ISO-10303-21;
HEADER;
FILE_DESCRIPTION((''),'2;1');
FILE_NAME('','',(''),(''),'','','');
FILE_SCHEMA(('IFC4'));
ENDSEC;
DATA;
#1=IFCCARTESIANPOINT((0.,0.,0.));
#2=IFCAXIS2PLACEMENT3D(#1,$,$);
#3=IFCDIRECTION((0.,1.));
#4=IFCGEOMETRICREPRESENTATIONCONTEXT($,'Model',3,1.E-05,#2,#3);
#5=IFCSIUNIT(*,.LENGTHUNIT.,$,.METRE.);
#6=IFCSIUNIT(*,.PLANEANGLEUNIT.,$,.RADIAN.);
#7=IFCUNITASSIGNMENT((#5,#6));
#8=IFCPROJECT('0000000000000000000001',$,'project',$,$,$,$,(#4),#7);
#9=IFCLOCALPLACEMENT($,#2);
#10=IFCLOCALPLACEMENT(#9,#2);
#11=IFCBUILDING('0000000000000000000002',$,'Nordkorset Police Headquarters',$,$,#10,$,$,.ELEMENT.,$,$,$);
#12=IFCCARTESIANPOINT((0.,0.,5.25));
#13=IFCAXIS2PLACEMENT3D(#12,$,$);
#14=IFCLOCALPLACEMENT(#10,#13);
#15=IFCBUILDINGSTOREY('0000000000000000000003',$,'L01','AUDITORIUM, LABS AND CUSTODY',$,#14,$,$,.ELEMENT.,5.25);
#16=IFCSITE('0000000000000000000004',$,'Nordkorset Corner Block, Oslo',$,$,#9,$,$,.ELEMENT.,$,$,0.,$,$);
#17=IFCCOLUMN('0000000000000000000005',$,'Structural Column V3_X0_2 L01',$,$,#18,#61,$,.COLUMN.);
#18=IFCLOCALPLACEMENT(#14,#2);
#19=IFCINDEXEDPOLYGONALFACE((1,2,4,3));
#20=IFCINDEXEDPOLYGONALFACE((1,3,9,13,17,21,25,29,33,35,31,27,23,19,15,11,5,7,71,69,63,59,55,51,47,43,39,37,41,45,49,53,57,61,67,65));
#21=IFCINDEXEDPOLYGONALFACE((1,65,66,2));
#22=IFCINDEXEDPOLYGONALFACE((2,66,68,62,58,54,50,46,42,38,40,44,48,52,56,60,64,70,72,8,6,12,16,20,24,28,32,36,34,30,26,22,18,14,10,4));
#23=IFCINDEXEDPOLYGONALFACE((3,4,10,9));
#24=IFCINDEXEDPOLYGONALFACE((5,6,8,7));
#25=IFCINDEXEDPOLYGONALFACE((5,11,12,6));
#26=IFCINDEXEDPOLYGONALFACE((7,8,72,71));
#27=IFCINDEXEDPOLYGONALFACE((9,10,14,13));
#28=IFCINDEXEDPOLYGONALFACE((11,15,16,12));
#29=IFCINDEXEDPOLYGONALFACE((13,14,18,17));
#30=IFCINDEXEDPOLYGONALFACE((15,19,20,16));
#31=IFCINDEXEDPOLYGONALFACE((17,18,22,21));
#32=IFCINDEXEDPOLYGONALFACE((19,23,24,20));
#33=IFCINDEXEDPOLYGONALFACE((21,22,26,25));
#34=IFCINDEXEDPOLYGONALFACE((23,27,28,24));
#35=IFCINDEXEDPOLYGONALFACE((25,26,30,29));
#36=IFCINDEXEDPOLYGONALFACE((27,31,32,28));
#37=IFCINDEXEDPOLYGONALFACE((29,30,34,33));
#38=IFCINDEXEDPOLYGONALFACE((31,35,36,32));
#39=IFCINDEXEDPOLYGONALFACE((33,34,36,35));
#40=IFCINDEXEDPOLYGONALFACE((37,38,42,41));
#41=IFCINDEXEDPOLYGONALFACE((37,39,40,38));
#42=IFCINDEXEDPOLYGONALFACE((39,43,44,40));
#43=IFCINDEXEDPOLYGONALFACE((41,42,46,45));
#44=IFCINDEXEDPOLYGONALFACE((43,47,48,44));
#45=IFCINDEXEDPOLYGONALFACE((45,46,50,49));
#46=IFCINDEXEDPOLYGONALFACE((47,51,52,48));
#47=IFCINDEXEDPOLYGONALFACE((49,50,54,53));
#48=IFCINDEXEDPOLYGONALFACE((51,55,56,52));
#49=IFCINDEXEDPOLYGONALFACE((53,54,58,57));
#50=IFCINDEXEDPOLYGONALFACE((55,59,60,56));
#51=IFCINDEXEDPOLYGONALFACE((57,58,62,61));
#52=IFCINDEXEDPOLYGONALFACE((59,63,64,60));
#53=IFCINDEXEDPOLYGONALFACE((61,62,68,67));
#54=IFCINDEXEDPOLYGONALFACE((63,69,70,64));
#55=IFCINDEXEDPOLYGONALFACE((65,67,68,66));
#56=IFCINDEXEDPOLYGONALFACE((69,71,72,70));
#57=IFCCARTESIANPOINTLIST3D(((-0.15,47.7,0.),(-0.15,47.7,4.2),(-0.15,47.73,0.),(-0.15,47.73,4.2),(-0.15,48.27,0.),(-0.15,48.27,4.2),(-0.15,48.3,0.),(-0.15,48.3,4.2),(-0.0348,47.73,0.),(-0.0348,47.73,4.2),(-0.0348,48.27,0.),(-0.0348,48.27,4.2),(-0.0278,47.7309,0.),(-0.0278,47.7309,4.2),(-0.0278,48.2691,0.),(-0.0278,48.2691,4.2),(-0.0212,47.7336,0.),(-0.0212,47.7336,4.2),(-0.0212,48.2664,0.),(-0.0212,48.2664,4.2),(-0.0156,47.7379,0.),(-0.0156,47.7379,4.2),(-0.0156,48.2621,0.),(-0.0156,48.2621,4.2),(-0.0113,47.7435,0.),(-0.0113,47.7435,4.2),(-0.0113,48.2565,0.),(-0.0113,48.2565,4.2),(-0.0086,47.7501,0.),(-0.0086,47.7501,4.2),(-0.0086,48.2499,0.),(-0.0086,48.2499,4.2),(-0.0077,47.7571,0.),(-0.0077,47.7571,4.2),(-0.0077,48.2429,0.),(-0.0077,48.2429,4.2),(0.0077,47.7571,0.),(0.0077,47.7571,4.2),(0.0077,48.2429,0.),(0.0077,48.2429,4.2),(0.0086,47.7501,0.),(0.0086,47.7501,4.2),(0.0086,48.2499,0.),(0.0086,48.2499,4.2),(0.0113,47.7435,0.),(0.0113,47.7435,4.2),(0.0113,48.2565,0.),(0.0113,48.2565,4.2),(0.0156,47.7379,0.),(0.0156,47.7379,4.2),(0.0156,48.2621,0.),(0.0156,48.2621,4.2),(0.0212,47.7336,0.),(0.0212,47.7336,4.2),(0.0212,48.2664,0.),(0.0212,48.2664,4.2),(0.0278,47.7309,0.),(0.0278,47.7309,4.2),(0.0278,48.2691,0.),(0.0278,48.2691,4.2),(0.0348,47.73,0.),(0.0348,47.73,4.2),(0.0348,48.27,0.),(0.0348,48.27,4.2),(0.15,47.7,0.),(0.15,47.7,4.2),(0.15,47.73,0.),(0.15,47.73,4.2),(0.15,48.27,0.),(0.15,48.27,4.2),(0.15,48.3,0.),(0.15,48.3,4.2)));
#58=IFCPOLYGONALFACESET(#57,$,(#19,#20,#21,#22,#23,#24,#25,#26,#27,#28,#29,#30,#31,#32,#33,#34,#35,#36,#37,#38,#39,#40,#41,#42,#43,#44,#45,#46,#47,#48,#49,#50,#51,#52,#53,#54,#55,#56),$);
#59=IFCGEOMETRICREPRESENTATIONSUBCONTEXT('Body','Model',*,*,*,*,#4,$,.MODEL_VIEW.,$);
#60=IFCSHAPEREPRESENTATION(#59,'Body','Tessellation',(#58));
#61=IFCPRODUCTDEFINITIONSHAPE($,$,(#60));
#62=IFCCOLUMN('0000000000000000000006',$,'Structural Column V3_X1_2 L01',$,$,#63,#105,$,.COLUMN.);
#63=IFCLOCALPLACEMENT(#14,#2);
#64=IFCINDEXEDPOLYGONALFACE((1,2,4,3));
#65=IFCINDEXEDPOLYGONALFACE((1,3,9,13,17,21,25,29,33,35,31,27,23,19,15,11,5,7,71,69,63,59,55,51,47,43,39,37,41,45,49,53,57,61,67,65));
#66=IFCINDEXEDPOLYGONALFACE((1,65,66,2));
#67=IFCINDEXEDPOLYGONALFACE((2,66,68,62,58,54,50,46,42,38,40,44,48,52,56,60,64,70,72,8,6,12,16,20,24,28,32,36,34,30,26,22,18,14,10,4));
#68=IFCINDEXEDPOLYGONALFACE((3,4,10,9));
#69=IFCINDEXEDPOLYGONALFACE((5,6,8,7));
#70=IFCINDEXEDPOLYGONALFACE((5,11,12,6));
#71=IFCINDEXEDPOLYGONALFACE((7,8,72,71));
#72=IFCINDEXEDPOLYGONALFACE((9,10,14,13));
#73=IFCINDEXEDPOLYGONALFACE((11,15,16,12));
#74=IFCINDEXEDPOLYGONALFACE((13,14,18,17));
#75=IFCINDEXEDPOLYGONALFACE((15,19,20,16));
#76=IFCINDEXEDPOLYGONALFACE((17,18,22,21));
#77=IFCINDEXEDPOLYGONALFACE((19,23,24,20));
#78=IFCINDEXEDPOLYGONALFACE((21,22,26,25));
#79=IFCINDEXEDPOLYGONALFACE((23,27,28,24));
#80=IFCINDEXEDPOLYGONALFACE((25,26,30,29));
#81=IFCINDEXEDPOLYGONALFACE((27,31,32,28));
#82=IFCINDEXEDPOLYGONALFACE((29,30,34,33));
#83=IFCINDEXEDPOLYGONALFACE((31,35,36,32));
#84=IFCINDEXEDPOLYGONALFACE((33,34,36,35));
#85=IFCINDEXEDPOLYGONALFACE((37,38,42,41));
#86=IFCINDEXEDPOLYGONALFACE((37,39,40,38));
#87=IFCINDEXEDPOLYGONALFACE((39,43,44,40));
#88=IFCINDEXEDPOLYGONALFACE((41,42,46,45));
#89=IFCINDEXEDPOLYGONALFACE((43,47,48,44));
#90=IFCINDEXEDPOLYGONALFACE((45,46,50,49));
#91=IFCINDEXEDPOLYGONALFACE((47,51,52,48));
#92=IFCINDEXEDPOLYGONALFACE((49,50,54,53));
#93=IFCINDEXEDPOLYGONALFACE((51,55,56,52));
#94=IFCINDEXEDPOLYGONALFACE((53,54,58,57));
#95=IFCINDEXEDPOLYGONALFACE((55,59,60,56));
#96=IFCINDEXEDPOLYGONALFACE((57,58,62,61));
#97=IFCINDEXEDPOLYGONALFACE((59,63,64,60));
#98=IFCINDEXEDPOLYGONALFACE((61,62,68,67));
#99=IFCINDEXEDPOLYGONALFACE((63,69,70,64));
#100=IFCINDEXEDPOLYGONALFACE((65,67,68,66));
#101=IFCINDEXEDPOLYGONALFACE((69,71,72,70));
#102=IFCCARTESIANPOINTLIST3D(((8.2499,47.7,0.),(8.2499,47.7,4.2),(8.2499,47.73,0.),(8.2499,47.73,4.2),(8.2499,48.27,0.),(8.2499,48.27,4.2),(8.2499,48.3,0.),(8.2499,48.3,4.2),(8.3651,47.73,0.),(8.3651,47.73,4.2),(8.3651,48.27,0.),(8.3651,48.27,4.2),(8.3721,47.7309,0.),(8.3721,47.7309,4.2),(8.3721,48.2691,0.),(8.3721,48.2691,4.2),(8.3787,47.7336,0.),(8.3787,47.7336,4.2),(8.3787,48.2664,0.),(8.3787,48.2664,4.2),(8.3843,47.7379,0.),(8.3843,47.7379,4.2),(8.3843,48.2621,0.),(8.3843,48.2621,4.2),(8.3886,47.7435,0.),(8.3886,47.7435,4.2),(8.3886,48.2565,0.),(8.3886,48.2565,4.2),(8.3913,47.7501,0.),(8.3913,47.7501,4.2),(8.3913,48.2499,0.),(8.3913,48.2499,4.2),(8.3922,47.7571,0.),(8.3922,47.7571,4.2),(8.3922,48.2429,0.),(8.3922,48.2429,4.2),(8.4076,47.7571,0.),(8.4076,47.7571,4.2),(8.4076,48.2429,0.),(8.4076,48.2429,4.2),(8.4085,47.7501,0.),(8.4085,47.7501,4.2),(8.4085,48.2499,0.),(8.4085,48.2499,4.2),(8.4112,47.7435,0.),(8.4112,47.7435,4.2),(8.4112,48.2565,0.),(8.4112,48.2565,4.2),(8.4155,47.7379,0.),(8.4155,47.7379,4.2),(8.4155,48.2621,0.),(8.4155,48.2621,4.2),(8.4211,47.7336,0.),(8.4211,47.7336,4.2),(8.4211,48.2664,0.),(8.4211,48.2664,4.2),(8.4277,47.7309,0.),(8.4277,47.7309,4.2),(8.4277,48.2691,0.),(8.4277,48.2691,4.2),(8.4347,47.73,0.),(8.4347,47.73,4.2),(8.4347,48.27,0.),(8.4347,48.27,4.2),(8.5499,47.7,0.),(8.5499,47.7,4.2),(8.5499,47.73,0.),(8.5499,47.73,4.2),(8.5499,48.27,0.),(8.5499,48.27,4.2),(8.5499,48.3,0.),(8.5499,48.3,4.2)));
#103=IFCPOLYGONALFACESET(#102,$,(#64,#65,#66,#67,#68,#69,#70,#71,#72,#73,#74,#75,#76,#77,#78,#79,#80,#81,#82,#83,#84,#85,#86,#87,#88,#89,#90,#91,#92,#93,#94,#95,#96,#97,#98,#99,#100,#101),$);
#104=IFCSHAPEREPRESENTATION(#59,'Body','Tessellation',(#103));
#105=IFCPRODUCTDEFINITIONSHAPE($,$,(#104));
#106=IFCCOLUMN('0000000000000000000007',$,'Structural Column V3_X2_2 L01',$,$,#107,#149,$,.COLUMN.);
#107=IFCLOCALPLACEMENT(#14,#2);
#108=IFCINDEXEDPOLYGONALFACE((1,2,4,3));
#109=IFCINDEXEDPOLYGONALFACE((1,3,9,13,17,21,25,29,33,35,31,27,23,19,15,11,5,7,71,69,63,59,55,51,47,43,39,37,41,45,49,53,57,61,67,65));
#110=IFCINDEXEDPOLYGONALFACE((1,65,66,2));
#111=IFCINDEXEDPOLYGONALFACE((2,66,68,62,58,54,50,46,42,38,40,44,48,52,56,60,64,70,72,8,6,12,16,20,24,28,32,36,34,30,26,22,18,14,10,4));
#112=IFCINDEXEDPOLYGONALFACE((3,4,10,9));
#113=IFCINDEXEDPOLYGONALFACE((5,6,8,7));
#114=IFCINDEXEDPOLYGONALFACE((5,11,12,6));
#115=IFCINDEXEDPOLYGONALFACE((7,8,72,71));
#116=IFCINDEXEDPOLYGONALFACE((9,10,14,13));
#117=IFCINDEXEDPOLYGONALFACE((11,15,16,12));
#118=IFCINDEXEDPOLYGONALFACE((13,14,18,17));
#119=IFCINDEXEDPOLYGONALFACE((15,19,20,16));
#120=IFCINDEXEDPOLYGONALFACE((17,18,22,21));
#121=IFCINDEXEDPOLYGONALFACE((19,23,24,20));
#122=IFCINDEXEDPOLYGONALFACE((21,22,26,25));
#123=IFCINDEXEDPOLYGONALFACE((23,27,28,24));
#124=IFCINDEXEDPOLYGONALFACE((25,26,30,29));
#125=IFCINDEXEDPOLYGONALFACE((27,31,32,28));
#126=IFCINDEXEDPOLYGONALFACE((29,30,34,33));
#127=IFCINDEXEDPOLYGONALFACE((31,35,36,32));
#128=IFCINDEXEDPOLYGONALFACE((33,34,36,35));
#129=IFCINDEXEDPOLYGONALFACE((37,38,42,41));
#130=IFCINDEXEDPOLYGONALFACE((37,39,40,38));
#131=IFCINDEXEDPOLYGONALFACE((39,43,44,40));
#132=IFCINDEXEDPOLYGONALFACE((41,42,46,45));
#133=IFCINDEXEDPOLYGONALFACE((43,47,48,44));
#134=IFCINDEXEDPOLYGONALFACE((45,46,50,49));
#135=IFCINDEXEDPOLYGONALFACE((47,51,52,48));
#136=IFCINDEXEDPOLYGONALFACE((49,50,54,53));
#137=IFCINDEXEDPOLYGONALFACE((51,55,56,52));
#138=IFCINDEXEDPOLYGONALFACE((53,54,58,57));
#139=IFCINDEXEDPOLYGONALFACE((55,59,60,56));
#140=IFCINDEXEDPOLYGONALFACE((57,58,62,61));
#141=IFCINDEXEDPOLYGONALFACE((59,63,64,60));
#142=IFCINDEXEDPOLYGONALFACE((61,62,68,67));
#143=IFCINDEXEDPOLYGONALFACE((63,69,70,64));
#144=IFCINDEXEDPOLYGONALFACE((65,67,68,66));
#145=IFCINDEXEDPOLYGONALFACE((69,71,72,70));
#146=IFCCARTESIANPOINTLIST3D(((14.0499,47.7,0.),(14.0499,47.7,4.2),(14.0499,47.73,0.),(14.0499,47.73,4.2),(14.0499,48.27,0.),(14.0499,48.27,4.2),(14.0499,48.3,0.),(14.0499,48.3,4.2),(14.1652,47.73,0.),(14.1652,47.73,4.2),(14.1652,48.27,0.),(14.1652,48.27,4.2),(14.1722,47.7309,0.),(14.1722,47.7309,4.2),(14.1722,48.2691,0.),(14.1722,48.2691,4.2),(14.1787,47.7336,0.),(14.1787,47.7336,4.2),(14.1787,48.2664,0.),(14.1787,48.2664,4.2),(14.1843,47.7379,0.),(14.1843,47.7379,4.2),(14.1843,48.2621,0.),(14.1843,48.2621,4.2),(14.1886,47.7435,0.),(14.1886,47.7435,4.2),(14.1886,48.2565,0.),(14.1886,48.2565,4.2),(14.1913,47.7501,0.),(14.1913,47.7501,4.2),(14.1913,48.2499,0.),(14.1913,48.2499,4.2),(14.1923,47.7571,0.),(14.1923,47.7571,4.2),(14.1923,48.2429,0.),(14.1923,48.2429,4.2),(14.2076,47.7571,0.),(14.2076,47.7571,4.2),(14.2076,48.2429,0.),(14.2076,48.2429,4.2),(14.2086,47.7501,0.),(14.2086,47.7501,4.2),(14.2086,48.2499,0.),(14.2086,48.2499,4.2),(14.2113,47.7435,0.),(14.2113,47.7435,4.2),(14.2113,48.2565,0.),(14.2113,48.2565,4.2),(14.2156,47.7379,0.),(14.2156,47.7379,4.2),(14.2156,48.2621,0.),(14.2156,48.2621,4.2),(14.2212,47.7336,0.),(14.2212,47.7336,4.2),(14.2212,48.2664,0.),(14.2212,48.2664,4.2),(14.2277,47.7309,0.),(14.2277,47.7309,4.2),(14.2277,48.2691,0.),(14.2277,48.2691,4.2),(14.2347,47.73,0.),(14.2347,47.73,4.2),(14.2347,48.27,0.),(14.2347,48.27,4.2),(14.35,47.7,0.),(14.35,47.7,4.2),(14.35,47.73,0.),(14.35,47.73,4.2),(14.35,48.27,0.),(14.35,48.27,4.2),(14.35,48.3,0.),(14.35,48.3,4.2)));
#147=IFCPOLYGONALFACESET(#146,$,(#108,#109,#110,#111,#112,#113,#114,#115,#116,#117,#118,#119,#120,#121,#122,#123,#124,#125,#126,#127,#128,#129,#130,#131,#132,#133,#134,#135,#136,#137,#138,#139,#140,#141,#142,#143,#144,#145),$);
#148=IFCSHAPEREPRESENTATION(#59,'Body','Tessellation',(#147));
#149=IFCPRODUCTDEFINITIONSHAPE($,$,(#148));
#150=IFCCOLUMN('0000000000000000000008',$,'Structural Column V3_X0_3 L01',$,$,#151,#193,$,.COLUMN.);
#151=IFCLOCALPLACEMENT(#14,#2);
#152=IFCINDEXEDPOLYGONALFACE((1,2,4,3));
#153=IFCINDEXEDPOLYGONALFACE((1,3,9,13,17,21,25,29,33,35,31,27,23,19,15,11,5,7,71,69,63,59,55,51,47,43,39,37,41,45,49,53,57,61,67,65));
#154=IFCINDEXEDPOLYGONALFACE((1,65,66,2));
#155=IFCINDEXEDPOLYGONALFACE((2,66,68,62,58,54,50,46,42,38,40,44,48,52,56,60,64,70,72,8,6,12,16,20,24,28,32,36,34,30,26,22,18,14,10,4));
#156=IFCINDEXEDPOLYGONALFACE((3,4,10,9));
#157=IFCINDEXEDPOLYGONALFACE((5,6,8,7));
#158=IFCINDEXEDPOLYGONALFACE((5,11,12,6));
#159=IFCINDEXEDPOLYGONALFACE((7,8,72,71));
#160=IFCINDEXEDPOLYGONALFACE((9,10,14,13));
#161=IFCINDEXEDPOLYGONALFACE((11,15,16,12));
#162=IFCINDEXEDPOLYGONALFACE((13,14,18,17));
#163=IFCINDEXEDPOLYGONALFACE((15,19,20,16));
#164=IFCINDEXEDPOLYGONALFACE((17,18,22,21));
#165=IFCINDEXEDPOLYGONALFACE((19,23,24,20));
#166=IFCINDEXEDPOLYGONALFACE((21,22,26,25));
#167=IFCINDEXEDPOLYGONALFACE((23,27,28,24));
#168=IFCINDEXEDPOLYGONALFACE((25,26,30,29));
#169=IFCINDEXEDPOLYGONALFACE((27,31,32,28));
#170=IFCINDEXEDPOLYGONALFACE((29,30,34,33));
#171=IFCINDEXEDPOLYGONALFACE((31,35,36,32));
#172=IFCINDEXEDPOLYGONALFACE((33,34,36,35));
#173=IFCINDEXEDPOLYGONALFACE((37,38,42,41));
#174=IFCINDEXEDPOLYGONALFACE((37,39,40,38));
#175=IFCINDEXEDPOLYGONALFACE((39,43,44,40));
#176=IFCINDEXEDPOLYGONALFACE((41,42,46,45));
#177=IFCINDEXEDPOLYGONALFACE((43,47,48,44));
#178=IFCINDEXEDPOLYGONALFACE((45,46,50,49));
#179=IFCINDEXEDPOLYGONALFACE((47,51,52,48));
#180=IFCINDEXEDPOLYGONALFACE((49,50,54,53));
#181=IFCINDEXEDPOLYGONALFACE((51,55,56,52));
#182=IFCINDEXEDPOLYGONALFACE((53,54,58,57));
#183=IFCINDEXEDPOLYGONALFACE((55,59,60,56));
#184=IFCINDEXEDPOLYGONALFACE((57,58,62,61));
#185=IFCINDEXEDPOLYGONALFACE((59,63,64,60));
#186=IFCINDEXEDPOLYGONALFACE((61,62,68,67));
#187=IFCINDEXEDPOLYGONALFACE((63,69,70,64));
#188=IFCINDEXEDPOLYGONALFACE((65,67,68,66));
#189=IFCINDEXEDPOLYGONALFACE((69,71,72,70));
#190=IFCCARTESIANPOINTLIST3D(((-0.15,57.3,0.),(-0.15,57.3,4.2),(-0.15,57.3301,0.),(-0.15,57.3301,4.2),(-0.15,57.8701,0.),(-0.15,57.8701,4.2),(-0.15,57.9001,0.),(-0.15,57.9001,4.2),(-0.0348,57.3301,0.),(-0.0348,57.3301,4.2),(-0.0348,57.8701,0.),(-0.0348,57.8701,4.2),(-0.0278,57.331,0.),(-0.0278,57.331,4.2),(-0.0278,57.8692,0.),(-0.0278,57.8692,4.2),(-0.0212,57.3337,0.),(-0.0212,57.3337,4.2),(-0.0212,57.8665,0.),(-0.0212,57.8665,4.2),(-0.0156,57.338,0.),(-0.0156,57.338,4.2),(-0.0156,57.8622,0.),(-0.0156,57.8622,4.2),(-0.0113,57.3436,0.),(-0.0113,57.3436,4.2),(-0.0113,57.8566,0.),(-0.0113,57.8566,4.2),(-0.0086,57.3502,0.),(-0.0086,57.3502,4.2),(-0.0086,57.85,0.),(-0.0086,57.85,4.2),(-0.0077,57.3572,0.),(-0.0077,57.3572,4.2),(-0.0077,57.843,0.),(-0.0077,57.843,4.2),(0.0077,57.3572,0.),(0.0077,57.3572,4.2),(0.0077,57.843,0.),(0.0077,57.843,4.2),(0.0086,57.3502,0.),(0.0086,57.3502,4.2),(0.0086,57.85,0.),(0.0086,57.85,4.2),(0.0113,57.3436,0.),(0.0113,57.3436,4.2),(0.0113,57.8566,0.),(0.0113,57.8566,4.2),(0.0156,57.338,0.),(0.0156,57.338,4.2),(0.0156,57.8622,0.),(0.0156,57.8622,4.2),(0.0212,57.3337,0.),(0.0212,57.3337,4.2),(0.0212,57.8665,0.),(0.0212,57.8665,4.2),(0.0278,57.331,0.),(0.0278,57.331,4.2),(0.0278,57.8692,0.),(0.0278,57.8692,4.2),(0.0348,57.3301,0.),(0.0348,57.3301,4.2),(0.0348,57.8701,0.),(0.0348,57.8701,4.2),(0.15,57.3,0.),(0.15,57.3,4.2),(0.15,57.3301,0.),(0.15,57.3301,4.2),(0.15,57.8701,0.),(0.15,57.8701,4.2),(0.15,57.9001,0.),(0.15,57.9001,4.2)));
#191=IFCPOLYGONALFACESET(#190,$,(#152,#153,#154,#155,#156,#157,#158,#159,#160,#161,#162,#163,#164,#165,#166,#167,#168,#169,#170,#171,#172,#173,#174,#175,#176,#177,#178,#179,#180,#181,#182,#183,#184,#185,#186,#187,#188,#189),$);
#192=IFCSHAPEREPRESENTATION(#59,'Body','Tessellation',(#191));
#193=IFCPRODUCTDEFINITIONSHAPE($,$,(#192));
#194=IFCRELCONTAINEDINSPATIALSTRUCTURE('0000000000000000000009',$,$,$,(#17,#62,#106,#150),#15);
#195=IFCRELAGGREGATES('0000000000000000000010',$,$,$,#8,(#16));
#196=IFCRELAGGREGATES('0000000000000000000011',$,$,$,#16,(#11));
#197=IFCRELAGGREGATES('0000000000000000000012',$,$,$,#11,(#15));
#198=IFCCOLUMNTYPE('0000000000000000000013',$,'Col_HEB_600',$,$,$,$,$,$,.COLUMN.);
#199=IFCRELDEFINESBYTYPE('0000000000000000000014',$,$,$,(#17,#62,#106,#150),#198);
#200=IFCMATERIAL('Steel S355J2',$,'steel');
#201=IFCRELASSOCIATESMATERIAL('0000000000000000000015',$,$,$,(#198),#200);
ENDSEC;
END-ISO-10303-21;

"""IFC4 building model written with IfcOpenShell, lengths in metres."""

from ifc_helpers import new_model, si_unit, direction, frame, origin, origin_2d, place, context, subcontext, project, spatial, i_section, extrude, material, material_profile, profile_set, type_object, element, save


model = new_model("IFC4")

# Units and contexts
model_context = context("Model", 3, precision=1e-05, world=origin(), true_north=direction((0.0, 1.0)))
body_context = subcontext(model_context, "Body", "Model", "MODEL_VIEW")
ifc_project = project(units=[si_unit("LENGTHUNIT", "METRE"), si_unit("PLANEANGLEUNIT", "RADIAN")], contexts=[model_context])

# Site, building, storey
site_placement = place(None, origin())
site = spatial("IfcSite", under=ifc_project, at=site_placement, Name="Nordkorset Corner Block, Oslo", CompositionType="ELEMENT", RefElevation=0.0)
building_placement = place(site_placement, origin())
building = spatial("IfcBuilding", under=site, at=building_placement, Name="Nordkorset Police Headquarters", CompositionType="ELEMENT")
storey_placement = place(building_placement, frame((0.0, 0.0, 5.25)))
storey = spatial("IfcBuildingStorey", under=building, at=storey_placement, Name="L01", Description="AUDITORIUM, LABS AND CUSTODY", CompositionType="ELEMENT", Elevation=5.25)

# Columns
ifc_material_1 = material(Name="Steel S355J2", Category="steel")
ifc_material_profile_1 = material_profile(ifc_material_1, i_section(OverallWidth=0.3, OverallDepth=0.6001, WebThickness=0.0154, FlangeThickness=0.03, FilletRadius=0.0271, at=origin_2d()), Name="HEB 600")
ifc_profile_set_1 = profile_set([ifc_material_profile_1], Name="Steel S355J2")
column_type = type_object("IfcColumnType", Name="Col_HEB_600", PredefinedType="COLUMN", material=ifc_profile_set_1)
for number, where, z_axis, x_axis, name in (
    (1, (0.0, 48.0, 0.0), (0.0, 0.0, 1.0), (1.0, 0.0, 0.0), "Structural Column V3_X0_2 L01"),
    (2, (8.3999, 48.0, 0.0), (0.0, 0.0, 1.0), (1.0, 0.0, 0.0), "Structural Column V3_X1_2 L01"),
    (3, (14.2, 48.0, 0.0), (0.0, 0.0, 1.0), (1.0, 0.0, 0.0), "Structural Column V3_X2_2 L01"),
    (4, (0.0, 57.6001, 0.0), (0.0, 0.0, 1.0), (1.0, 0.0, 0.0), "Structural Column V3_X0_3 L01"),
):
    element("IfcColumn", number, at=place(storey_placement, frame(where, z_axis=z_axis, x_axis=x_axis)), inside=storey, type_object=column_type, Name=name, PredefinedType="COLUMN", context=body_context, shape_type="SweptSolid", body=[
        extrude(i_section(OverallWidth=0.3, OverallDepth=0.6001, WebThickness=0.0154, FlangeThickness=0.03, FilletRadius=0.0271, at=origin_2d()), origin(), (0.0, 0.0, 1.0), 4.2),
    ])

save(model, "model.ifc")
